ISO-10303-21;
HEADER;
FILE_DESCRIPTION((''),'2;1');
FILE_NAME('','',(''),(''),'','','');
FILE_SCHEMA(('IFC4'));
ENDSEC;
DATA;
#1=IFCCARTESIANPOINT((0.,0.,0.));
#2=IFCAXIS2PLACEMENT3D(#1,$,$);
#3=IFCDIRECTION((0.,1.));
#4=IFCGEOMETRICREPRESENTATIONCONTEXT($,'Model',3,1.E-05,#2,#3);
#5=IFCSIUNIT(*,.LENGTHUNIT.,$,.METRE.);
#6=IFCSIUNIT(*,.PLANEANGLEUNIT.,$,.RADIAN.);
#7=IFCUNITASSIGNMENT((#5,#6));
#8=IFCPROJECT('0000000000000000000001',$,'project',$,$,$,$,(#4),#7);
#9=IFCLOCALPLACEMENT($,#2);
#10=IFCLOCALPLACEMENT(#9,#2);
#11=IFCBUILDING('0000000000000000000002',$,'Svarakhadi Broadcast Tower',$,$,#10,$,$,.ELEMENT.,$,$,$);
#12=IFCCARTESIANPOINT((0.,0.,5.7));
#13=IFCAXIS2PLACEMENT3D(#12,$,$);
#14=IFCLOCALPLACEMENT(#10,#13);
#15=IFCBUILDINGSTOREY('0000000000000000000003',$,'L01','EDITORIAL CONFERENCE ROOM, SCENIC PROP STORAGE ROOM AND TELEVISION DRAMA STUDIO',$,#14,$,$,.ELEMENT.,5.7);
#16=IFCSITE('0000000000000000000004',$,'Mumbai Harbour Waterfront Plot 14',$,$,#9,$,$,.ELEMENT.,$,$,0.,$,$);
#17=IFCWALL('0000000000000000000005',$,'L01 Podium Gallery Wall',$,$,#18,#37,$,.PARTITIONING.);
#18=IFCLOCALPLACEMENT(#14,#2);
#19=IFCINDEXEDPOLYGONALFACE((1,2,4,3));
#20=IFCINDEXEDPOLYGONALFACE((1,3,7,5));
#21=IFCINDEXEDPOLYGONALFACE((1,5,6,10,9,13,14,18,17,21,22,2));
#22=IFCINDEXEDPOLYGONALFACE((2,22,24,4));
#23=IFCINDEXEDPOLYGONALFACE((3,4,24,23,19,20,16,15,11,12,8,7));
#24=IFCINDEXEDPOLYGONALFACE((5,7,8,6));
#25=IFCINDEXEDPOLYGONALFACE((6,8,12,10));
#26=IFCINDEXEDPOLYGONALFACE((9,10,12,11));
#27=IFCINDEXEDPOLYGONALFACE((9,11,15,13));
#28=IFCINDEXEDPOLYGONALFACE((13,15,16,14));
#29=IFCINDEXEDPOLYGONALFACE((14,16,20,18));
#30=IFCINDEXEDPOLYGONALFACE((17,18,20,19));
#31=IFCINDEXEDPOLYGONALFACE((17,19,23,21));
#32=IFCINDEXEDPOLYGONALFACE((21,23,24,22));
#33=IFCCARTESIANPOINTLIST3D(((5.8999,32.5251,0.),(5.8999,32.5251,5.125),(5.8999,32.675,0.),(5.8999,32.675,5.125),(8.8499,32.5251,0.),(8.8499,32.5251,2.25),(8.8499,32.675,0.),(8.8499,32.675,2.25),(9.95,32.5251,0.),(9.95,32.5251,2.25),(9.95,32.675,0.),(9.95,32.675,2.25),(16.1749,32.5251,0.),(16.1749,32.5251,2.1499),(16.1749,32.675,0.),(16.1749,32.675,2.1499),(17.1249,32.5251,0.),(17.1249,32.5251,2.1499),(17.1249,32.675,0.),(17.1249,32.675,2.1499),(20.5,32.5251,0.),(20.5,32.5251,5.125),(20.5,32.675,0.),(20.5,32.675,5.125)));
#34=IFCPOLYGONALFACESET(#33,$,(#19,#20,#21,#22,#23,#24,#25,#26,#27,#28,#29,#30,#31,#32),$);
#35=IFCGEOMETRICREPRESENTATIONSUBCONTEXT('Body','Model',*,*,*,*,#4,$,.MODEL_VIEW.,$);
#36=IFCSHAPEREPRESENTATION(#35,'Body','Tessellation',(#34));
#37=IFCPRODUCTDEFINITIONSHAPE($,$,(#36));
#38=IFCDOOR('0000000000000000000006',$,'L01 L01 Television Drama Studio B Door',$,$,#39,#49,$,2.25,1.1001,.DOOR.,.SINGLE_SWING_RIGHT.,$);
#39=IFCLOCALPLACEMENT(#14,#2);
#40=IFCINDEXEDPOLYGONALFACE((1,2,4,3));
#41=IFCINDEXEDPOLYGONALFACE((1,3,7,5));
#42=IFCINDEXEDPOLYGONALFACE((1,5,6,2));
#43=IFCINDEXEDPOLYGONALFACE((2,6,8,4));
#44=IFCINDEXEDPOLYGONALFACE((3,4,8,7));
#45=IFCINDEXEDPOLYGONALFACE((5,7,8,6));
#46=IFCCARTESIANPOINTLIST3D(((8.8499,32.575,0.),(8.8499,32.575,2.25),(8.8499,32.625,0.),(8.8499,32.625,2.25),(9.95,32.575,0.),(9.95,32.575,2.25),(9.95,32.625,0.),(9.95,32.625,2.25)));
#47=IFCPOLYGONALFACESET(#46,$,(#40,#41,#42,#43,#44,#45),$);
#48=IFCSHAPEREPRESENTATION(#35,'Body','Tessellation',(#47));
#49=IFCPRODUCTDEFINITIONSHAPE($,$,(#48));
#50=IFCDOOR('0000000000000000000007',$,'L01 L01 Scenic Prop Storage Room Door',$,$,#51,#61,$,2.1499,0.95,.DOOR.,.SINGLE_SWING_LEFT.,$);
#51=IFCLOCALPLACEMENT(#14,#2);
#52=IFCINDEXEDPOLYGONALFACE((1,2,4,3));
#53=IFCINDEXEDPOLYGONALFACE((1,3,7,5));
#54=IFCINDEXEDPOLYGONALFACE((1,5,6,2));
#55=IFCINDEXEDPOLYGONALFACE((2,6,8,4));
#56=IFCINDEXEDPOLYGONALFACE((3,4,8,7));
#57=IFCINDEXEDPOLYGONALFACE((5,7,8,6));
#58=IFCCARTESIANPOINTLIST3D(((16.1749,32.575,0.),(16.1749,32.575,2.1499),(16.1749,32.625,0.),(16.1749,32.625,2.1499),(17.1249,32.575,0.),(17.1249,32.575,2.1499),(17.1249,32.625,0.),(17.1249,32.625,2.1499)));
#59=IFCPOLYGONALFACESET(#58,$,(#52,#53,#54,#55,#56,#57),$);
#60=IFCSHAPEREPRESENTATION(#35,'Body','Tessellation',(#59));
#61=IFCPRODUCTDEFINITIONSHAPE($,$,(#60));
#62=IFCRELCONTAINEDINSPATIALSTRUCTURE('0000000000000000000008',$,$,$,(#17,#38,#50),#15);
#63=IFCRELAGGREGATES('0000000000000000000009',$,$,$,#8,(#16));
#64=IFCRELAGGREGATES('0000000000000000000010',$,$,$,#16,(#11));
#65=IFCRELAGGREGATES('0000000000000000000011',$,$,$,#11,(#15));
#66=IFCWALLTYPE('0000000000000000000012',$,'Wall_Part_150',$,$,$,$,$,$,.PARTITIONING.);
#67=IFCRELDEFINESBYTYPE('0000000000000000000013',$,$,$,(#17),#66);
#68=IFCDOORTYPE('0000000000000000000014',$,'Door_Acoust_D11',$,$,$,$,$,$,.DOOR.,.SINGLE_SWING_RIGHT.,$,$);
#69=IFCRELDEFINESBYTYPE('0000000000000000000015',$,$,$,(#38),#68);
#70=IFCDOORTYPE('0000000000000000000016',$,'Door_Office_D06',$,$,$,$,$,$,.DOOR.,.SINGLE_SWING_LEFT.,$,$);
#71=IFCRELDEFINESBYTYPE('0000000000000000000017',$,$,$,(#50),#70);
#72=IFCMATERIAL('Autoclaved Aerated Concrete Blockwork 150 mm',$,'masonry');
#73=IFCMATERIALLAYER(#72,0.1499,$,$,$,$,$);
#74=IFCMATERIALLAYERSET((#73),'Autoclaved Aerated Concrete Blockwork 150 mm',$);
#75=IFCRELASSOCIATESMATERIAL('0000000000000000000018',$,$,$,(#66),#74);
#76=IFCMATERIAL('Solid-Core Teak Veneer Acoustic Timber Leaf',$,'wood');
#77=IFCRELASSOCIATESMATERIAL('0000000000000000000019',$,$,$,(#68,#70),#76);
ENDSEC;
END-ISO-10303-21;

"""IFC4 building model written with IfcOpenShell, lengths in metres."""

from ifc_helpers import new_model, si_unit, direction, frame, frame_2d, origin, place, context, subcontext, project, spatial, rectangle, extrude, material, layer, layer_set, type_object, element, fill, save


model = new_model("IFC4")

# Units and contexts
model_context = context("Model", 3, precision=1e-05, world=origin(), true_north=direction((0.0, 1.0)))
body_context = subcontext(model_context, "Body", "Model", "MODEL_VIEW")
ifc_project = project(units=[si_unit("LENGTHUNIT", "METRE"), si_unit("PLANEANGLEUNIT", "RADIAN")], contexts=[model_context])

# Site, building, storey
site_placement = place(None, origin())
site = spatial("IfcSite", under=ifc_project, at=site_placement, Name="Mumbai Harbour Waterfront Plot 14", CompositionType="ELEMENT", RefElevation=0.0)
building_placement = place(site_placement, origin())
building = spatial("IfcBuilding", under=site, at=building_placement, Name="Svarakhadi Broadcast Tower", CompositionType="ELEMENT")
storey_placement = place(building_placement, frame((0.0, 0.0, 5.7)))
storey = spatial("IfcBuildingStorey", under=building, at=storey_placement, Name="L01", Description="EDITORIAL CONFERENCE ROOM, SCENIC PROP STORAGE ROOM AND TELEVISION DRAMA STUDIO", CompositionType="ELEMENT", Elevation=5.7)

# Shared definitions
ifc_material_1 = material(Name="Autoclaved Aerated Concrete Blockwork 150 mm", Category="masonry")
ifc_layer_1 = layer(ifc_material_1, 0.1499)
ifc_layer_set_1 = layer_set([ifc_layer_1], Name="Autoclaved Aerated Concrete Blockwork 150 mm")
wall_type_1 = type_object("IfcWallType", Name="Wall_Part_150", PredefinedType="PARTITIONING", material=ifc_layer_set_1)

# Wall, openings, doors
wall_1_placement = place(storey_placement, frame((5.8999, 32.6001, 0.0), z_axis=(0.0, 0.0, 1.0), x_axis=(1.0, 0.0, 0.0)))
wall_1 = element("IfcWall", 1, at=wall_1_placement, inside=storey, type_object=wall_type_1, Name="L01 Podium Gallery Wall", PredefinedType="PARTITIONING", context=body_context, shape_type="SweptSolid", body=[
    extrude(rectangle(XDim=14.6001, YDim=0.1499, at=frame_2d((7.3, 0.0))), origin(), (0.0, 0.0, 1.0), 5.125),
])
opening_1_placement = place(wall_1_placement, frame((2.95, 0.0, 0.0)))
opening_1 = element("IfcOpeningElement", 2, at=opening_1_placement, cuts=wall_1, PredefinedType="OPENING", context=body_context, shape_type="SweptSolid", body=[
    extrude(rectangle(XDim=1.1001, YDim=2.25, at=frame_2d((0.55, 1.125))), frame((0.0, 0.085, 0.0), z_axis=(0.0, -1.0, 0.0), x_axis=(1.0, 0.0, 0.0)), (0.0, 0.0, 1.0), 0.1699),
])
opening_2_placement = place(wall_1_placement, frame((10.2749, 0.0, 0.0)))
opening_2 = element("IfcOpeningElement", 3, at=opening_2_placement, cuts=wall_1, PredefinedType="OPENING", context=body_context, shape_type="SweptSolid", body=[
    extrude(rectangle(XDim=0.95, YDim=2.1499, at=frame_2d((0.4751, 1.075))), frame((0.0, 0.085, 0.0), z_axis=(0.0, -1.0, 0.0), x_axis=(1.0, 0.0, 0.0)), (0.0, 0.0, 1.0), 0.1699),
])
ifc_material_2 = material(Name="Solid-Core Teak Veneer Acoustic Timber Leaf", Category="wood")
door_type_1 = type_object("IfcDoorType", Name="Door_Acoust_D11", OperationType="SINGLE_SWING_RIGHT", PredefinedType="DOOR", material=ifc_material_2)
door_1_placement = place(opening_1_placement, origin())
door_1 = element("IfcDoor", 4, at=door_1_placement, inside=storey, type_object=door_type_1, Name="L01 L01 Television Drama Studio B Door", OperationType="SINGLE_SWING_RIGHT", OverallHeight=2.25, OverallWidth=1.1001, PredefinedType="DOOR", context=body_context, shape_type="SweptSolid", body=[
    extrude(rectangle(XDim=1.1001, YDim=2.25, at=frame_2d((0.55, 1.125))), frame((0.0, 0.0249, 0.0), z_axis=(0.0, -1.0, 0.0), x_axis=(1.0, 0.0, 0.0)), (0.0, 0.0, 1.0), 0.05),
])
fill(opening_1, door_1)
door_type_2 = type_object("IfcDoorType", Name="Door_Office_D06", OperationType="SINGLE_SWING_LEFT", PredefinedType="DOOR", material=ifc_material_2)
door_2_placement = place(opening_2_placement, origin())
door_2 = element("IfcDoor", 5, at=door_2_placement, inside=storey, type_object=door_type_2, Name="L01 L01 Scenic Prop Storage Room Door", OperationType="SINGLE_SWING_LEFT", OverallHeight=2.1499, OverallWidth=0.95, PredefinedType="DOOR", context=body_context, shape_type="SweptSolid", body=[
    extrude(rectangle(XDim=0.95, YDim=2.1499, at=frame_2d((0.4751, 1.075))), frame((0.0, 0.0249, 0.0), z_axis=(0.0, -1.0, 0.0), x_axis=(1.0, 0.0, 0.0)), (0.0, 0.0, 1.0), 0.05),
])
fill(opening_2, door_2)

save(model, "model.ifc")
